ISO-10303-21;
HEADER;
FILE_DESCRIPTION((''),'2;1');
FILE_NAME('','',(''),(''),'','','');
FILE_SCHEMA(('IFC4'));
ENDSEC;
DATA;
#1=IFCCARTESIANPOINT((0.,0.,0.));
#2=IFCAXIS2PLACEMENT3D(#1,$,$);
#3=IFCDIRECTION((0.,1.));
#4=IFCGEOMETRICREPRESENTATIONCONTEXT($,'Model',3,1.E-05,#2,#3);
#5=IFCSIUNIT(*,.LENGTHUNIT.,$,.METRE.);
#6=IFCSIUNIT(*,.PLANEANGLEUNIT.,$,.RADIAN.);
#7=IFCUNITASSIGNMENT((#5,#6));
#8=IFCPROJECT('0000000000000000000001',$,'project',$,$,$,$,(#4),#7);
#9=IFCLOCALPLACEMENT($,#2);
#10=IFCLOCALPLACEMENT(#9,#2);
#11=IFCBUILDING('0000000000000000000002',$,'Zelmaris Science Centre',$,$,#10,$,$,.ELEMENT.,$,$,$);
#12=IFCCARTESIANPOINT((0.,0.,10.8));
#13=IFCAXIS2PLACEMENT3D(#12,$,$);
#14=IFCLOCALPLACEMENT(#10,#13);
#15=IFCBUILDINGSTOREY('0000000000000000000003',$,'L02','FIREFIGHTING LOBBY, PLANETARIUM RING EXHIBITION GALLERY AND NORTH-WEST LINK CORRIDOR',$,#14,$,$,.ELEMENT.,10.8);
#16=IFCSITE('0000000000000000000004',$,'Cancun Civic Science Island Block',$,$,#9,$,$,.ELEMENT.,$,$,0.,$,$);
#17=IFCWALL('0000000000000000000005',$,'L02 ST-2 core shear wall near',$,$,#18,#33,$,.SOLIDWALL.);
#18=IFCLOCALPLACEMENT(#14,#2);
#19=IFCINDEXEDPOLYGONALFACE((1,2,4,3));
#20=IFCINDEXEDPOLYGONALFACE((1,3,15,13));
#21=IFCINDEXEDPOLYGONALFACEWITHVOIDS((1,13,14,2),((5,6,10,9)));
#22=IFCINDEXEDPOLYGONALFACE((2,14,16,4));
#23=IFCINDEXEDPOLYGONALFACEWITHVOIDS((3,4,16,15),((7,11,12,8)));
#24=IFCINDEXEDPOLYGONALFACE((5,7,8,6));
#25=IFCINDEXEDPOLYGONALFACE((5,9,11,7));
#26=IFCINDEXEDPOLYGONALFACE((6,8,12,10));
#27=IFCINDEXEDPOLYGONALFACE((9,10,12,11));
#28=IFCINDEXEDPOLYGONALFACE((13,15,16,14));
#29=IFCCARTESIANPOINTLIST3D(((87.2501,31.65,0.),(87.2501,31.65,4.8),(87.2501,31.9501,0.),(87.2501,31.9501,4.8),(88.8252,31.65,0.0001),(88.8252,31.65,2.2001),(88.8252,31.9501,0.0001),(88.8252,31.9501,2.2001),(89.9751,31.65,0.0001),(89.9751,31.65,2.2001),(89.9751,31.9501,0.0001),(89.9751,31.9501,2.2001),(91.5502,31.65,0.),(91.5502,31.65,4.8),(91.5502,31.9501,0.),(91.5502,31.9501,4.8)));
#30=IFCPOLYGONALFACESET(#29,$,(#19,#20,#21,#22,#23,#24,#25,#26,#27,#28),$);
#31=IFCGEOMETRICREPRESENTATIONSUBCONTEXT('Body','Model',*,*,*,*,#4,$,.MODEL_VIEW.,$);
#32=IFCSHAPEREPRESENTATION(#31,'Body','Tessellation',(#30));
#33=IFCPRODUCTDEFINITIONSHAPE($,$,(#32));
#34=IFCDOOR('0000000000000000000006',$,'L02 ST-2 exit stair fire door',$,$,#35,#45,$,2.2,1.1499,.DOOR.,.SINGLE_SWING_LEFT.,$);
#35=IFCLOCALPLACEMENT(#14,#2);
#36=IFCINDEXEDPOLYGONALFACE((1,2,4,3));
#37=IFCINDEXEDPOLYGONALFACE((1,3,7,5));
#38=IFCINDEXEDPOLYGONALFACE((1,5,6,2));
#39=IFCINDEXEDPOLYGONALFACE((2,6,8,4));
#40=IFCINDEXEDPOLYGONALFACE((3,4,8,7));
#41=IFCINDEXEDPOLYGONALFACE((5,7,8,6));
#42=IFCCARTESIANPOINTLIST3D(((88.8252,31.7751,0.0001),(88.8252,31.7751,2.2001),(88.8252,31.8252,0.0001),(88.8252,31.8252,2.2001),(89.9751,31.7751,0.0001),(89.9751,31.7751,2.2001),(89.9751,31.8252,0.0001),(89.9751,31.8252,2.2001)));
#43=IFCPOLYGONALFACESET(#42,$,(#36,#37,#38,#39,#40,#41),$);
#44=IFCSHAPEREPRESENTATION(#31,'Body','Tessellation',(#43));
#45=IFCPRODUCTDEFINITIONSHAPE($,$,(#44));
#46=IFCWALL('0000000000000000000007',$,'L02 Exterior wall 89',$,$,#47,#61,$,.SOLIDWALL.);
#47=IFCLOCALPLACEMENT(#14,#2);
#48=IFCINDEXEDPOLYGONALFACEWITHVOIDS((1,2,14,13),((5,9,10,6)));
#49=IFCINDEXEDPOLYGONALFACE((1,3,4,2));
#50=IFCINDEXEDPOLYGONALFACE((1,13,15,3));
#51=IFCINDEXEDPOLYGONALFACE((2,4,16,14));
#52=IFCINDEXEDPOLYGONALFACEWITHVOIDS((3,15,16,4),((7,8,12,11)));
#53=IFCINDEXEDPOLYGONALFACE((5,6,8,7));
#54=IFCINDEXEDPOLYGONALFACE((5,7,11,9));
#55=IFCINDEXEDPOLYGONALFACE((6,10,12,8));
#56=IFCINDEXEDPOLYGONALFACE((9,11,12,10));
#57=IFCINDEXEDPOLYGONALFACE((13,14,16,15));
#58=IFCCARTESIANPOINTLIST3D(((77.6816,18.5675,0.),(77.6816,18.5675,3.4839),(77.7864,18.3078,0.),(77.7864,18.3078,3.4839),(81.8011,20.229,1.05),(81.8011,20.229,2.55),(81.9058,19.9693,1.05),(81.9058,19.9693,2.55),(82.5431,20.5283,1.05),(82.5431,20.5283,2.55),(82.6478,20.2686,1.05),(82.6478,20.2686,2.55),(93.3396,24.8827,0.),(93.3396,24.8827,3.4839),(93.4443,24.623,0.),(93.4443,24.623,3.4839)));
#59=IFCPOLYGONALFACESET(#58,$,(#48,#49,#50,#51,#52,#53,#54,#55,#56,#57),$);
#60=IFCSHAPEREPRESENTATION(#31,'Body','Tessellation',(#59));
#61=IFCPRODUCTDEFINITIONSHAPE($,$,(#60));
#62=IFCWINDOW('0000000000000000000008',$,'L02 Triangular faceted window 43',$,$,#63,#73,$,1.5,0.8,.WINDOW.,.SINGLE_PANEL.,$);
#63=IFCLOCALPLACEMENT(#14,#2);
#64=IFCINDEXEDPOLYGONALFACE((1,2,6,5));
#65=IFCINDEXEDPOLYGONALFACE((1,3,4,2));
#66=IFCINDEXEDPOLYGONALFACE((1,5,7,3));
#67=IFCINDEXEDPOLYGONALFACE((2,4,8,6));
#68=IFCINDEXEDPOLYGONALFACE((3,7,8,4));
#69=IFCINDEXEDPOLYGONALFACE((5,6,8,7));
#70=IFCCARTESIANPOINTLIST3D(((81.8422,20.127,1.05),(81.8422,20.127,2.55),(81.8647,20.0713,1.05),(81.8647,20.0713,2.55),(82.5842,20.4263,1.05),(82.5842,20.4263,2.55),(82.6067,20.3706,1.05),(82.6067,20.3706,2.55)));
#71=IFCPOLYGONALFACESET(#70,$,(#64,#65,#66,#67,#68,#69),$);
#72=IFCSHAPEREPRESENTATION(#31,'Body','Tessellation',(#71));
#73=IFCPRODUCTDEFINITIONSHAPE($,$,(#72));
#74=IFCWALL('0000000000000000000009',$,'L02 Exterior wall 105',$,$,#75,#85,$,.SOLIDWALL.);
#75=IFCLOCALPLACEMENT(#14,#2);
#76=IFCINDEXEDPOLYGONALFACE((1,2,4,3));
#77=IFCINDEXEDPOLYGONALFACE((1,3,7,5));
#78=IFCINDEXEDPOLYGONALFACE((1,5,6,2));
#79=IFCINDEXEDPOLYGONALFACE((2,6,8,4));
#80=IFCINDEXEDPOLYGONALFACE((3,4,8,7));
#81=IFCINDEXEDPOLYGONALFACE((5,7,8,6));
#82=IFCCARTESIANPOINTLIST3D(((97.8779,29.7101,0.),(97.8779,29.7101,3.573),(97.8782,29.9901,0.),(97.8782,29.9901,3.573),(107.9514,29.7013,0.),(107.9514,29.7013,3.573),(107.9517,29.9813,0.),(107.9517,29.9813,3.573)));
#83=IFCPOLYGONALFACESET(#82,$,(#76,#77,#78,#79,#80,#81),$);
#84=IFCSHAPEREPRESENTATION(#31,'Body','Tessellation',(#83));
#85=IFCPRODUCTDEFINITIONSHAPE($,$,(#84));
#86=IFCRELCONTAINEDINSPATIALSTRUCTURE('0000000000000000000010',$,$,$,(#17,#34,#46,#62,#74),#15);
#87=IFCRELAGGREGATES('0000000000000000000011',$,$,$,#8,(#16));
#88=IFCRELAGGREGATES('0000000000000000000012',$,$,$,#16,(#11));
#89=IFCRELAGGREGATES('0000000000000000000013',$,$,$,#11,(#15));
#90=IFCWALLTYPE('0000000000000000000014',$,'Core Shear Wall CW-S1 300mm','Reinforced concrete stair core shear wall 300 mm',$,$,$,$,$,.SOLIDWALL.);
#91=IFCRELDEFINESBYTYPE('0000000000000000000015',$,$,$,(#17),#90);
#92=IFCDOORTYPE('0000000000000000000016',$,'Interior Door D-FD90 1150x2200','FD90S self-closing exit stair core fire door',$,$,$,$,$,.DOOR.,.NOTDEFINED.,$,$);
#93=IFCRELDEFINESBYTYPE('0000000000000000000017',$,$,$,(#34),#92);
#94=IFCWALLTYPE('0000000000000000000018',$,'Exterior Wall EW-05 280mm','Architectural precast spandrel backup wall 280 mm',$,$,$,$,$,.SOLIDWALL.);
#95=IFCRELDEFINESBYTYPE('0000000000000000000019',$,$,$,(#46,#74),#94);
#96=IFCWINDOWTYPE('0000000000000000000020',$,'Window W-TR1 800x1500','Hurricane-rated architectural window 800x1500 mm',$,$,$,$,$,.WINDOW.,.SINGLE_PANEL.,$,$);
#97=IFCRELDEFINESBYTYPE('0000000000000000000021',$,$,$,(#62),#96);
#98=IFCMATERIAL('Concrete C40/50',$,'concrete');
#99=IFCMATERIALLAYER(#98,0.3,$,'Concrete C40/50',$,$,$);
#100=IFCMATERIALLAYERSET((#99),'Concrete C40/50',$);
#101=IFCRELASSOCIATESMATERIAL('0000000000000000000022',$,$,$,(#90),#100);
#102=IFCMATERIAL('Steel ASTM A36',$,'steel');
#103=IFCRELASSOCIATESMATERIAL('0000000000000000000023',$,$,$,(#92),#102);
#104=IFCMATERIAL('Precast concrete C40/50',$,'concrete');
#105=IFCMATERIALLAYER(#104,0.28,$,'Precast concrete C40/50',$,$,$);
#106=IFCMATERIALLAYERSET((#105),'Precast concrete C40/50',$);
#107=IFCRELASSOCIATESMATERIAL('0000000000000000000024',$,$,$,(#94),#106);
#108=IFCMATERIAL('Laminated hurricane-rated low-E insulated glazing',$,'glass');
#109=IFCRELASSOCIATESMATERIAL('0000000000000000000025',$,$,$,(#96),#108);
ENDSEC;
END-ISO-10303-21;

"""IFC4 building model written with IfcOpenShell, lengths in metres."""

from ifc_helpers import new_model, si_unit, direction, frame, frame_2d, origin, place, context, subcontext, project, spatial, rectangle, extrude, material, layer, layer_set, type_object, element, fill, save


model = new_model("IFC4")

# Units and contexts
model_context = context("Model", 3, precision=1e-05, world=origin(), true_north=direction((0.0, 1.0)))
body_context = subcontext(model_context, "Body", "Model", "MODEL_VIEW")
ifc_project = project(units=[si_unit("LENGTHUNIT", "METRE"), si_unit("PLANEANGLEUNIT", "RADIAN")], contexts=[model_context])

# Site, building, storey
site_placement = place(None, origin())
site = spatial("IfcSite", under=ifc_project, at=site_placement, Name="Cancun Civic Science Island Block", CompositionType="ELEMENT", RefElevation=0.0)
building_placement = place(site_placement, origin())
building = spatial("IfcBuilding", under=site, at=building_placement, Name="Zelmaris Science Centre", CompositionType="ELEMENT")
storey_placement = place(building_placement, frame((0.0, 0.0, 10.8)))
storey = spatial("IfcBuildingStorey", under=building, at=storey_placement, Name="L02", Description="FIREFIGHTING LOBBY, PLANETARIUM RING EXHIBITION GALLERY AND NORTH-WEST LINK CORRIDOR", CompositionType="ELEMENT", Elevation=10.8)

# Shared definitions
ifc_material_1 = material(Name="Laminated hurricane-rated low-E insulated glazing", Category="glass")

# Shared definitions
ifc_material_2 = material(Name="Precast concrete C40/50", Category="concrete")

# Wall, opening, door
ifc_material_3 = material(Name="Concrete C40/50", Category="concrete")
ifc_layer_1 = layer(ifc_material_3, 0.3, Name="Concrete C40/50")
ifc_layer_set_1 = layer_set([ifc_layer_1], Name="Concrete C40/50")
wall_type_1 = type_object("IfcWallType", Name="Core Shear Wall CW-S1 300mm", Description="Reinforced concrete stair core shear wall 300 mm", PredefinedType="SOLIDWALL", material=ifc_layer_set_1)
wall_1_placement = place(storey_placement, frame((91.55, 31.8, 0.0), z_axis=(0.0, 0.0, 1.0), x_axis=(-1.0, 0.0, 0.0)))
wall_1 = element("IfcWall", 1, at=wall_1_placement, inside=storey, type_object=wall_type_1, Name="L02 ST-2 core shear wall near", PredefinedType="SOLIDWALL", context=body_context, shape_type="SweptSolid", body=[
    extrude(rectangle(XDim=4.3, YDim=0.3, at=frame_2d((2.1499, 0.0))), origin(), (0.0, 0.0, 1.0), 4.8),
])
opening_1_placement = place(wall_1_placement, frame((1.575, 0.0, 0.0)))
opening_1 = element("IfcOpeningElement", 2, at=opening_1_placement, cuts=wall_1, PredefinedType="OPENING", context=body_context, shape_type="SweptSolid", body=[
    extrude(rectangle(XDim=1.1499, YDim=2.2, at=frame_2d((0.575, 1.1001))), frame((0.0, 0.1599, 0.0), z_axis=(0.0, -1.0, 0.0), x_axis=(1.0, 0.0, 0.0)), (0.0, 0.0, 1.0), 0.3201),
])
ifc_material_4 = material(Name="Steel ASTM A36", Category="steel")
door_type = type_object("IfcDoorType", Name="Interior Door D-FD90 1150x2200", Description="FD90S self-closing exit stair core fire door", OperationType="NOTDEFINED", PredefinedType="DOOR", material=ifc_material_4)
door_placement = place(opening_1_placement, origin())
door = element("IfcDoor", 3, at=door_placement, inside=storey, type_object=door_type, Name="L02 ST-2 exit stair fire door", OperationType="SINGLE_SWING_LEFT", OverallHeight=2.2, OverallWidth=1.1499, PredefinedType="DOOR", context=body_context, shape_type="SweptSolid", body=[
    extrude(rectangle(XDim=1.1499, YDim=2.2, at=frame_2d((0.575, 1.1001))), frame((0.0, 0.0249, 0.0), z_axis=(0.0, -1.0, 0.0), x_axis=(1.0, 0.0, 0.0)), (0.0, 0.0, 1.0), 0.05),
])
fill(opening_1, door)

# Wall, opening, window
ifc_layer_2 = layer(ifc_material_2, 0.28, Name="Precast concrete C40/50")
ifc_layer_set_2 = layer_set([ifc_layer_2], Name="Precast concrete C40/50")
wall_type_2 = type_object("IfcWallType", Name="Exterior Wall EW-05 280mm", Description="Architectural precast spandrel backup wall 280 mm", PredefinedType="SOLIDWALL", material=ifc_layer_set_2)
wall_2_placement = place(storey_placement, frame((93.3921, 24.7529, 0.0), z_axis=(0.0, 0.0, 1.0), x_axis=(-0.927411, -0.374044, 0.0)))
wall_2 = element("IfcWall", 4, at=wall_2_placement, inside=storey, type_object=wall_type_2, Name="L02 Exterior wall 89", PredefinedType="SOLIDWALL", context=body_context, shape_type="SweptSolid", body=[
    extrude(rectangle(XDim=16.8835, YDim=0.28, at=frame_2d((8.4419, 0.0))), origin(), (0.0, 0.0, 1.0), 3.4839),
])
opening_2_placement = place(wall_2_placement, frame((11.6418, 0.0, 1.05)))
opening_2 = element("IfcOpeningElement", 5, at=opening_2_placement, cuts=wall_2, PredefinedType="OPENING", context=body_context, shape_type="SweptSolid", body=[
    extrude(rectangle(XDim=0.8, YDim=1.5, at=frame_2d((0.3999, 0.75))), frame((0.0, 0.1499, 0.0), z_axis=(0.0, -1.0, 0.0), x_axis=(1.0, 0.0, 0.0)), (0.0, 0.0, 1.0), 0.3),
])
window_type = type_object("IfcWindowType", Name="Window W-TR1 800x1500", Description="Hurricane-rated architectural window 800x1500 mm", PartitioningType="SINGLE_PANEL", PredefinedType="WINDOW", material=ifc_material_1)
window_placement = place(opening_2_placement, origin())
window = element("IfcWindow", 6, at=window_placement, inside=storey, type_object=window_type, Name="L02 Triangular faceted window 43", OverallHeight=1.5, OverallWidth=0.8, PartitioningType="SINGLE_PANEL", PredefinedType="WINDOW", context=body_context, shape_type="SweptSolid", body=[
    extrude(rectangle(XDim=0.8, YDim=1.5, at=frame_2d((0.3999, 0.75))), frame((0.0, 0.03, 0.0), z_axis=(0.0, -1.0, 0.0), x_axis=(1.0, 0.0, 0.0)), (0.0, 0.0, 1.0), 0.0601),
])
fill(opening_2, window)

# Wall
wall_3_placement = place(storey_placement, frame((97.8782, 29.8501, 0.0), z_axis=(0.0, 0.0, 1.0), x_axis=(1.0, -0.000872, 0.0)))
element("IfcWall", 7, at=wall_3_placement, inside=storey, type_object=wall_type_2, Name="L02 Exterior wall 105", PredefinedType="SOLIDWALL", context=body_context, shape_type="SweptSolid", body=[
    extrude(rectangle(XDim=10.0735, YDim=0.28, at=frame_2d((5.0366, 0.0))), origin(), (0.0, 0.0, 1.0), 3.573),
])

save(model, "model.ifc")
